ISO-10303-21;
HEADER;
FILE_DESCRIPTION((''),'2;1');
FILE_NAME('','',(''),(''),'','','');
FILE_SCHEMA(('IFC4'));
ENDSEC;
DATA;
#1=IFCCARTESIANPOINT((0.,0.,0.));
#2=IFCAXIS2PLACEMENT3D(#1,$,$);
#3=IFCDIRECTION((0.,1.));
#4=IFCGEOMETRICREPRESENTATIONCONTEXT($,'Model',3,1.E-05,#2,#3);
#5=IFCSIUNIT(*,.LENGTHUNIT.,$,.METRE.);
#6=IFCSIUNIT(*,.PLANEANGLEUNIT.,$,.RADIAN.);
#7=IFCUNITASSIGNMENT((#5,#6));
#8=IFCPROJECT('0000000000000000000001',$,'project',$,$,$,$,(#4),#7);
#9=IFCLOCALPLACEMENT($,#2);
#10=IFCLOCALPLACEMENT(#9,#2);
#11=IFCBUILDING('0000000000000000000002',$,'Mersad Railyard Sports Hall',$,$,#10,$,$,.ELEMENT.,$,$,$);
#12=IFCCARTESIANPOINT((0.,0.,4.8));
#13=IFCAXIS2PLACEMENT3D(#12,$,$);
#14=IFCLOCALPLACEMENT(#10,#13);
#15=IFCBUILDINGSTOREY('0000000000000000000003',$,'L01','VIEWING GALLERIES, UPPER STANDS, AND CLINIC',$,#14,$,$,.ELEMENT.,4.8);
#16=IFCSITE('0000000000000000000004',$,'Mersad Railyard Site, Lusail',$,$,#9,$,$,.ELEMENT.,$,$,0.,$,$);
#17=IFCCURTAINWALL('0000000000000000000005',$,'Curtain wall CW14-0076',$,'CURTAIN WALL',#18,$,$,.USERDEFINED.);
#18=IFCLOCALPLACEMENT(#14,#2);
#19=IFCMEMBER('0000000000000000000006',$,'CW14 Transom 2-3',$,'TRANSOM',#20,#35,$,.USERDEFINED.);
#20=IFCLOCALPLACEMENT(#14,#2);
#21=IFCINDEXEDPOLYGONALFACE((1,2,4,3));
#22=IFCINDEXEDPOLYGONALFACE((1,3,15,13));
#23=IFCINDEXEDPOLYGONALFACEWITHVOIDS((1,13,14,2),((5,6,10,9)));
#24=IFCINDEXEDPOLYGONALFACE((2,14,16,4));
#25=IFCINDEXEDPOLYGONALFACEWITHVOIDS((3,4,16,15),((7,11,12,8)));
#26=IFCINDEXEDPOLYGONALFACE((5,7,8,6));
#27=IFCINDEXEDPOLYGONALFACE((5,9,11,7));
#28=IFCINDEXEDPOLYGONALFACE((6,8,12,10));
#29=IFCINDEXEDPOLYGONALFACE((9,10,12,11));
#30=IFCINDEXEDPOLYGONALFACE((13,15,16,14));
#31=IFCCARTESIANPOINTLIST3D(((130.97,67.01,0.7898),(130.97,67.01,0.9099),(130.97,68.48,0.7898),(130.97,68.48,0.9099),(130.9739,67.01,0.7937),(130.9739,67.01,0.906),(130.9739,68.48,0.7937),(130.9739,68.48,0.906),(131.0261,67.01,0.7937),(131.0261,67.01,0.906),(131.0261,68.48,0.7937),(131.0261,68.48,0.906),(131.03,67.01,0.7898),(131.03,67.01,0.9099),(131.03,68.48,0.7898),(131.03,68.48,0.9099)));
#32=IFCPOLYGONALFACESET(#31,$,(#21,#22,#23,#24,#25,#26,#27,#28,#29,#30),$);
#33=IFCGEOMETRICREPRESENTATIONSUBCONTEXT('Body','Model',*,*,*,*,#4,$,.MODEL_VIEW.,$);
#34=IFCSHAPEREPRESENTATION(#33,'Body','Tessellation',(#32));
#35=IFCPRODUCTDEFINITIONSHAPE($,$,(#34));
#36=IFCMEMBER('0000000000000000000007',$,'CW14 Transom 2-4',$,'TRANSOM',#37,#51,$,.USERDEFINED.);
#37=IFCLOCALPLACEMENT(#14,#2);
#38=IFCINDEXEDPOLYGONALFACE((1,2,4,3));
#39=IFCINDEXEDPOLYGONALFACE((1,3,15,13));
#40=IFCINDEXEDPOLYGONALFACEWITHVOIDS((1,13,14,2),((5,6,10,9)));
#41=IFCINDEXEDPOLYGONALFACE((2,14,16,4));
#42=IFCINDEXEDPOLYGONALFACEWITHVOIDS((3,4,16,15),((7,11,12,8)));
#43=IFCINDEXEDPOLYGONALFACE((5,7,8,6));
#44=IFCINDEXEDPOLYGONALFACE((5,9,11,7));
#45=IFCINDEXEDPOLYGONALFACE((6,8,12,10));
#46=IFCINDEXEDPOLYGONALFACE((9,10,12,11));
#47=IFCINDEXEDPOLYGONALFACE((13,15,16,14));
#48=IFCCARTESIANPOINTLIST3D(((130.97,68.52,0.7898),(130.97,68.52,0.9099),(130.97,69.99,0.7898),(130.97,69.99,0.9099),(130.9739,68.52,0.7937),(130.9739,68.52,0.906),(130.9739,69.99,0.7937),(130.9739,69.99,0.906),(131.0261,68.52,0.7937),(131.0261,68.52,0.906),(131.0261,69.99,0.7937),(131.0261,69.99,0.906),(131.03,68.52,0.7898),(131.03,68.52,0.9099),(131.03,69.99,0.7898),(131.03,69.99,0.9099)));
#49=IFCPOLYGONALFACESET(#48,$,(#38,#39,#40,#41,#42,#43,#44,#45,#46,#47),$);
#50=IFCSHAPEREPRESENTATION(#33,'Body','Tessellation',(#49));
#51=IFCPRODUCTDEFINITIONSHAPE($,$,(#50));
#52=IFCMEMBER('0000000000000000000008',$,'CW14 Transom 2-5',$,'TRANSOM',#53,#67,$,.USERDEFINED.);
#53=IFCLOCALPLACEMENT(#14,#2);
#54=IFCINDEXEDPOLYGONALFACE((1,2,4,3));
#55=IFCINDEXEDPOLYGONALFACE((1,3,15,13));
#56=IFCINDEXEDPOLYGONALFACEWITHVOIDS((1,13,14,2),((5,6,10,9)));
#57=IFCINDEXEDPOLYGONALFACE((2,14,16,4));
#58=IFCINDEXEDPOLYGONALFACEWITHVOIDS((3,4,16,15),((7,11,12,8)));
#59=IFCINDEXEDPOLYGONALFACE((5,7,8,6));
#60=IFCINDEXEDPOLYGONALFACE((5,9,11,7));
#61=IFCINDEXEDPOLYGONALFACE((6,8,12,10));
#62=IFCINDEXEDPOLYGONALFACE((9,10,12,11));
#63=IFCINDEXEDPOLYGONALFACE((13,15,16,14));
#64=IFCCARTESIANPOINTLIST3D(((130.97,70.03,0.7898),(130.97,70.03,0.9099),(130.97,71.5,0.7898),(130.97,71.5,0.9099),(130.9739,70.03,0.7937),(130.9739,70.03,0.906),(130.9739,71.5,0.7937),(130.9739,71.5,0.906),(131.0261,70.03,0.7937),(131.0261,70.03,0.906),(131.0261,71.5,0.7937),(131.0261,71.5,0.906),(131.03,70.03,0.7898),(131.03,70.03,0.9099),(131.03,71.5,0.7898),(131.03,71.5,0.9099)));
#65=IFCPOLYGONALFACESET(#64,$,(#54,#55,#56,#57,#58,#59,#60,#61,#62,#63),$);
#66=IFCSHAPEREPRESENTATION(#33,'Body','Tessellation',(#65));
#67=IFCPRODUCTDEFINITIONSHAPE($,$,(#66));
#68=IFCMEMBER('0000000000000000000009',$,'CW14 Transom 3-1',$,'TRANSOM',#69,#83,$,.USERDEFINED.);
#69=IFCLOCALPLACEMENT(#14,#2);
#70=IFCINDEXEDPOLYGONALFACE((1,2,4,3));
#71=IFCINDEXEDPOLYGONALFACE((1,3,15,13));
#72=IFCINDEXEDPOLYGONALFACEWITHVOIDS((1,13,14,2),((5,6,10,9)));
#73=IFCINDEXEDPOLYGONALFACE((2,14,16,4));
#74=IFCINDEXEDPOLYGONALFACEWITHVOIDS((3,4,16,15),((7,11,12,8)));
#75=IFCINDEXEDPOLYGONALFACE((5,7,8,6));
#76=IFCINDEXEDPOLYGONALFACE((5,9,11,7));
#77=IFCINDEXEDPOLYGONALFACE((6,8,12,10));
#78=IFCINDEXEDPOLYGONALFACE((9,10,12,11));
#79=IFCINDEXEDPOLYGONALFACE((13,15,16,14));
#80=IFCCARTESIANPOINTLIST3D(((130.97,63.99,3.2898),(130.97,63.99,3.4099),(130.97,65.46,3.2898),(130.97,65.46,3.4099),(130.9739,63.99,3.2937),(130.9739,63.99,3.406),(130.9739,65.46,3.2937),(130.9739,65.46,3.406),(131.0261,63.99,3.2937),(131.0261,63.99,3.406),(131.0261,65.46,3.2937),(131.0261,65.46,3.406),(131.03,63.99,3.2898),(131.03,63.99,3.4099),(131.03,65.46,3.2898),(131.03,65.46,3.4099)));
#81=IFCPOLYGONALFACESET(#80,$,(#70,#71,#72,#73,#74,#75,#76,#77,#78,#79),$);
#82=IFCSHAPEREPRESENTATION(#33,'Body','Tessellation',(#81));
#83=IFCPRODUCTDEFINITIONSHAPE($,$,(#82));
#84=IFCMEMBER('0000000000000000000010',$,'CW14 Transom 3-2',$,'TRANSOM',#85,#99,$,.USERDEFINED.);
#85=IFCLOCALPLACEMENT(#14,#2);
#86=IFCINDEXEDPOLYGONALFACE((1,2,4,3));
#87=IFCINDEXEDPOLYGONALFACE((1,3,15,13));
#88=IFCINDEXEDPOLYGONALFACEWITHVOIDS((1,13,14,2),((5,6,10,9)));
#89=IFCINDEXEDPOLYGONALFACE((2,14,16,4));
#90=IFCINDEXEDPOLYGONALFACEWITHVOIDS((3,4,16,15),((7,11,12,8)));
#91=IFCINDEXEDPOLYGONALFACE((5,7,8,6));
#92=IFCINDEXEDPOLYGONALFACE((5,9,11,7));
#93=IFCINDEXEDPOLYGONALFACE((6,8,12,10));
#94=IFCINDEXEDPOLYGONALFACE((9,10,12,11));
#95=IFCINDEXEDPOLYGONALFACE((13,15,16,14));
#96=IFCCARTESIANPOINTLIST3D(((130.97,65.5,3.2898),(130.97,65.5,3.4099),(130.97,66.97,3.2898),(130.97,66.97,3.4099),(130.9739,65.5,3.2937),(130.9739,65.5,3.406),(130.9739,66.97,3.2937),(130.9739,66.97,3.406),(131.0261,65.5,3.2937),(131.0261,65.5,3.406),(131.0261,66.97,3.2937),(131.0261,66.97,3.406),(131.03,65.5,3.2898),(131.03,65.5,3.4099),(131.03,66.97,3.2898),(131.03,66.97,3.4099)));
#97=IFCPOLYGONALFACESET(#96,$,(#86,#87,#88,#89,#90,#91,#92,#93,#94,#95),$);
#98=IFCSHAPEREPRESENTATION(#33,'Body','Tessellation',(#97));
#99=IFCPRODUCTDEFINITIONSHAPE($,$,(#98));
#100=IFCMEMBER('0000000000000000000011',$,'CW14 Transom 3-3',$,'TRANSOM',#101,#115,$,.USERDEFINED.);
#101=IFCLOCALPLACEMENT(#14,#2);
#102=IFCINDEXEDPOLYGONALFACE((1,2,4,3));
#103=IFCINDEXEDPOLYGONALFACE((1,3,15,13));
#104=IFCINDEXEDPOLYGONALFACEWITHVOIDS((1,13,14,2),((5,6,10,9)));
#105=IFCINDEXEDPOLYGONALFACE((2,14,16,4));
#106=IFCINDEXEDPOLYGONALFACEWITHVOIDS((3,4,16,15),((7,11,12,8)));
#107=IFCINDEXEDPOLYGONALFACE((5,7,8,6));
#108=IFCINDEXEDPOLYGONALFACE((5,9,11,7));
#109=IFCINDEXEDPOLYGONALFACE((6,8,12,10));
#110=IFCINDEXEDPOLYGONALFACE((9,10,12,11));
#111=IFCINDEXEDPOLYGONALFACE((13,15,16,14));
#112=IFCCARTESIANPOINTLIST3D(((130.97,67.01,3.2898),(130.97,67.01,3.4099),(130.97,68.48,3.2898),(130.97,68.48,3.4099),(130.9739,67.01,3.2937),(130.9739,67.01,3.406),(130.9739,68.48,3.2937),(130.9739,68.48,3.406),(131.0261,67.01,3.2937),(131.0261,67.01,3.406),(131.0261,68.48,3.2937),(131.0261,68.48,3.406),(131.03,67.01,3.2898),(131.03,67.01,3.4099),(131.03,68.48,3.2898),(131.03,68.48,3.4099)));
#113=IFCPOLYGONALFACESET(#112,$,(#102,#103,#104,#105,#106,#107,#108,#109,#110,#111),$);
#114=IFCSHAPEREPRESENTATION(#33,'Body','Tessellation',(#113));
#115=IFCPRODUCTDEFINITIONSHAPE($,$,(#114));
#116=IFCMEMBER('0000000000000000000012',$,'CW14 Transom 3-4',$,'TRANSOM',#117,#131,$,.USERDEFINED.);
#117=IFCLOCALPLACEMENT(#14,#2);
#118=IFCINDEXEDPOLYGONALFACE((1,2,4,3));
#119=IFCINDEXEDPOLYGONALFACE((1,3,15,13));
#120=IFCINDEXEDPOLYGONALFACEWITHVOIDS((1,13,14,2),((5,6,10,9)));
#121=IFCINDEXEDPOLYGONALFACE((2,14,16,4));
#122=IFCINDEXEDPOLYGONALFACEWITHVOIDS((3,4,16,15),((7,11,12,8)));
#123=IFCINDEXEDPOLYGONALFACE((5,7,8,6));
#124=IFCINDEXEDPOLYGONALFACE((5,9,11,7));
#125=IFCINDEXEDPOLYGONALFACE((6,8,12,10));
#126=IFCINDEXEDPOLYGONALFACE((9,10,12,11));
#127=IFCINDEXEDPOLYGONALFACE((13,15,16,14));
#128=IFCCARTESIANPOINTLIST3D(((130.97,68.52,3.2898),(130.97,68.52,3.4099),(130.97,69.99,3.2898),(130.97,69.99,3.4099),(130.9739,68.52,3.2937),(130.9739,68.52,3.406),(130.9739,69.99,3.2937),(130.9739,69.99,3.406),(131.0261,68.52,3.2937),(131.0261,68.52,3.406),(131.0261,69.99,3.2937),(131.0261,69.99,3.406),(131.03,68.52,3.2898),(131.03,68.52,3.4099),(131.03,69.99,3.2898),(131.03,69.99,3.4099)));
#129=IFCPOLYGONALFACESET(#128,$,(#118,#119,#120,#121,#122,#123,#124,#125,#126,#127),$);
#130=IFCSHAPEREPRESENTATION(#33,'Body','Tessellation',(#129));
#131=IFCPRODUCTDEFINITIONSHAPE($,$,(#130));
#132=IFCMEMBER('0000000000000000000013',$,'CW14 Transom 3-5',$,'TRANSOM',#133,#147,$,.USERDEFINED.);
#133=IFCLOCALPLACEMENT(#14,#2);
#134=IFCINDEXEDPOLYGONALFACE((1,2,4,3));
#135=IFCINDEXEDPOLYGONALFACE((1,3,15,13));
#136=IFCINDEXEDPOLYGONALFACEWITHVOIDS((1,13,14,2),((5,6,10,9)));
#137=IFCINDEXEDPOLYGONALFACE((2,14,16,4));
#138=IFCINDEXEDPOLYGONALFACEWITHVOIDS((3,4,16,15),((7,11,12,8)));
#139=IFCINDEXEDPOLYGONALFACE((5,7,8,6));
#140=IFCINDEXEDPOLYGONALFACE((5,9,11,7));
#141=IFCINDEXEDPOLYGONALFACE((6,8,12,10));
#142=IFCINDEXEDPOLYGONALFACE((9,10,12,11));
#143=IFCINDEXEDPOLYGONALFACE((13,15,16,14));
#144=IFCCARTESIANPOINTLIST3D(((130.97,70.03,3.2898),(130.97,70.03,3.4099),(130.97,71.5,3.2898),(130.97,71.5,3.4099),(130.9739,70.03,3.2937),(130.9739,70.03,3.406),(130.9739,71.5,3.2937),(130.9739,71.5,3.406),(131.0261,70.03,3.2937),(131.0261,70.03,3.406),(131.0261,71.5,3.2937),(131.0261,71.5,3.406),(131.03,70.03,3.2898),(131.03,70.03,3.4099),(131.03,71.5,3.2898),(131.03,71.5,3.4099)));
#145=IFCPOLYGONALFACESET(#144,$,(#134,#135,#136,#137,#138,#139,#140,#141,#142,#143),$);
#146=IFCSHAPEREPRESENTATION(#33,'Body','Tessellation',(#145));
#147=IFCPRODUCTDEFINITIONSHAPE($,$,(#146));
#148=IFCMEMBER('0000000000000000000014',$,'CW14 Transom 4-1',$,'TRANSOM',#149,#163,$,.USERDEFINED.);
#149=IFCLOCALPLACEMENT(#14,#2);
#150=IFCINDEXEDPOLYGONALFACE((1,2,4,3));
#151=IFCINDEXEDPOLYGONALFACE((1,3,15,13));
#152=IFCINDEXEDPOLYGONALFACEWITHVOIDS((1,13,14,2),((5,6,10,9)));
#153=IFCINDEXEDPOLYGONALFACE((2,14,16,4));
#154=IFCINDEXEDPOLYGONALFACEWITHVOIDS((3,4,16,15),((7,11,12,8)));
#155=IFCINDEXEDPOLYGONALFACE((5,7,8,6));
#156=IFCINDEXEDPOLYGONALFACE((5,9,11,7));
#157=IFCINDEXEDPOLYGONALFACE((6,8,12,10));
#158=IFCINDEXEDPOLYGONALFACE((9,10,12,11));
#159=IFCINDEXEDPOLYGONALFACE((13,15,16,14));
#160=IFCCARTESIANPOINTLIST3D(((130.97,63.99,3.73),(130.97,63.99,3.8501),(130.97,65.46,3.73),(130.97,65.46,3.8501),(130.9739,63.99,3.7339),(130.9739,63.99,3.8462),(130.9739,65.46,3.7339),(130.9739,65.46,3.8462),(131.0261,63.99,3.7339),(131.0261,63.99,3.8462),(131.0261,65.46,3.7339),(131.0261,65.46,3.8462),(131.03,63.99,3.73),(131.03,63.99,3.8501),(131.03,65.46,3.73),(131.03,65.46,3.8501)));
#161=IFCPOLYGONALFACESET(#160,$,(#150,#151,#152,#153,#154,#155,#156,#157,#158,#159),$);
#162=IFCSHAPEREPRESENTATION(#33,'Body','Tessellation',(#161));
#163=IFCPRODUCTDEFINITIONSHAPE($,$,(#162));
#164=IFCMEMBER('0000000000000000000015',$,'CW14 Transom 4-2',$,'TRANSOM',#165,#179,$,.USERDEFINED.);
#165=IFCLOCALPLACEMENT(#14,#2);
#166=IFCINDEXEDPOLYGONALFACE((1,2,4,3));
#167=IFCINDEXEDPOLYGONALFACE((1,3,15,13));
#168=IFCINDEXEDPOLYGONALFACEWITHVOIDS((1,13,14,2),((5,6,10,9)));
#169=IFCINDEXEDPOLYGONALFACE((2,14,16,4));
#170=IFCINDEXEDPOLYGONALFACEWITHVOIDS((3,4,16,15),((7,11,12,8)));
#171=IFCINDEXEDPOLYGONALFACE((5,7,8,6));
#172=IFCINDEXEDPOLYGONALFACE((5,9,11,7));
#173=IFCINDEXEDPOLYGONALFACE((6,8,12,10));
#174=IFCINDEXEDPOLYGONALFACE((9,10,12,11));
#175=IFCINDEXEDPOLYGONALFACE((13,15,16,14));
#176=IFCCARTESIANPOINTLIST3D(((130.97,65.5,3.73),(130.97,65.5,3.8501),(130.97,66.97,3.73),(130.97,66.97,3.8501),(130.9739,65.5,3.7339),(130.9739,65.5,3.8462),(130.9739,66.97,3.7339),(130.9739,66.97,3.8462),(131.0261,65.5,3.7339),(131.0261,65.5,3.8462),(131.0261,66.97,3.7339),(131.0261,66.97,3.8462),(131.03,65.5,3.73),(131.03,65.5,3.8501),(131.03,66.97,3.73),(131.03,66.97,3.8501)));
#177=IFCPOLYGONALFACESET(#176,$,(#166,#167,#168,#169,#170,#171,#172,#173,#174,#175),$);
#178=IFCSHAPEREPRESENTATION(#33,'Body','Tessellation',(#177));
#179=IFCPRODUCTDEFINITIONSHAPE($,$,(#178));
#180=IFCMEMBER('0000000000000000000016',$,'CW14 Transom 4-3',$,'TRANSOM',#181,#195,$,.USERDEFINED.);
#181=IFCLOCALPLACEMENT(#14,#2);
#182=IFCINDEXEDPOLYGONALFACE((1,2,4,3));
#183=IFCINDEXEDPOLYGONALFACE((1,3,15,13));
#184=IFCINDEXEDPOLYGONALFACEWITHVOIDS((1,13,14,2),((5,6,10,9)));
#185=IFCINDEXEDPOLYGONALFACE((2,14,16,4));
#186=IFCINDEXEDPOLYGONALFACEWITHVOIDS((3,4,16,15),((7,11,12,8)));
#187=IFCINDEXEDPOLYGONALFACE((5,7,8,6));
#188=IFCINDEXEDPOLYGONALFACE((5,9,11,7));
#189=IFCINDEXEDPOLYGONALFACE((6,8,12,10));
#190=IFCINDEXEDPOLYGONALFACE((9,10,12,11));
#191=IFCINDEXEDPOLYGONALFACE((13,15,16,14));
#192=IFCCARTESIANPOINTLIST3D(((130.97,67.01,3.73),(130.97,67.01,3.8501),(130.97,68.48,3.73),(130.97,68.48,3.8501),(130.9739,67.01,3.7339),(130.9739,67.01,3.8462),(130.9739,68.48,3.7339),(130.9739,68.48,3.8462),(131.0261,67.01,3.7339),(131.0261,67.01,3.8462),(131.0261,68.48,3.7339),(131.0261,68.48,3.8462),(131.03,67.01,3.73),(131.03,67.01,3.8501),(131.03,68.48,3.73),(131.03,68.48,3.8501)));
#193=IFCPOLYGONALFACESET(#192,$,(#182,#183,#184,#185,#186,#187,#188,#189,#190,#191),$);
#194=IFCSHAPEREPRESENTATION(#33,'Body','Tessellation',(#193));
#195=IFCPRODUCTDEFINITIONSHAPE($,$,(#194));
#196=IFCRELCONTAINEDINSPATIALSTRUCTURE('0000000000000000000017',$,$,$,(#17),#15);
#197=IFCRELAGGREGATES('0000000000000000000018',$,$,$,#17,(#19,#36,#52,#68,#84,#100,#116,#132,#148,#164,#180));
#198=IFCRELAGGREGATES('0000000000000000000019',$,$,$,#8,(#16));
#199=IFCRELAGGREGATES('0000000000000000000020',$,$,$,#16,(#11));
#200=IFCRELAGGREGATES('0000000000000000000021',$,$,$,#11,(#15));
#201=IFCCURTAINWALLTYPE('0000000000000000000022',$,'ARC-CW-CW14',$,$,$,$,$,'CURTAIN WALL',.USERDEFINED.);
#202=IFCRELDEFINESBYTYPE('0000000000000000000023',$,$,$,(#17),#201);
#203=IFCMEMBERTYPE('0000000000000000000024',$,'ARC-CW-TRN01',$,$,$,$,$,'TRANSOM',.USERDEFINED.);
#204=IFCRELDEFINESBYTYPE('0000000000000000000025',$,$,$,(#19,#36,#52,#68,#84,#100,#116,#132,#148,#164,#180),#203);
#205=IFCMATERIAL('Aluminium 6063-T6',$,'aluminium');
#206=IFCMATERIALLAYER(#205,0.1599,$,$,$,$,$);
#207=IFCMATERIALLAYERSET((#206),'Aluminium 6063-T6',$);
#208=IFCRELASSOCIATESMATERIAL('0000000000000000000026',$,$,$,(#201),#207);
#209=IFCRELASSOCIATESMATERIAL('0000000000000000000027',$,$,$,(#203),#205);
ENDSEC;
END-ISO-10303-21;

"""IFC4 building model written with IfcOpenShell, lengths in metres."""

from ifc_helpers import new_model, si_unit, direction, frame, origin, origin_2d, place, context, subcontext, project, spatial, hollow_rectangle, extrude, material, layer, layer_set, material_profile, profile_set, type_object, element, aggregate, save


model = new_model("IFC4")

# Units and contexts
model_context = context("Model", 3, precision=1e-05, world=origin(), true_north=direction((0.0, 1.0)))
body_context = subcontext(model_context, "Body", "Model", "MODEL_VIEW")
ifc_project = project(units=[si_unit("LENGTHUNIT", "METRE"), si_unit("PLANEANGLEUNIT", "RADIAN")], contexts=[model_context])

# Site, building, storey
site_placement = place(None, origin())
site = spatial("IfcSite", under=ifc_project, at=site_placement, Name="Mersad Railyard Site, Lusail", CompositionType="ELEMENT", RefElevation=0.0)
building_placement = place(site_placement, origin())
building = spatial("IfcBuilding", under=site, at=building_placement, Name="Mersad Railyard Sports Hall", CompositionType="ELEMENT")
storey_placement = place(building_placement, frame((0.0, 0.0, 4.8)))
storey = spatial("IfcBuildingStorey", under=building, at=storey_placement, Name="L01", Description="VIEWING GALLERIES, UPPER STANDS, AND CLINIC", CompositionType="ELEMENT", Elevation=4.8)

# Curtain wall, members
ifc_material_1 = material(Name="Aluminium 6063-T6", Category="aluminium")
ifc_layer_1 = layer(ifc_material_1, 0.1599)
ifc_layer_set_1 = layer_set([ifc_layer_1], Name="Aluminium 6063-T6")
curtain_wall_type = type_object("IfcCurtainWallType", Name="ARC-CW-CW14", ElementType="CURTAIN WALL", PredefinedType="USERDEFINED", material=ifc_layer_set_1)
curtain_wall_placement = place(storey_placement, origin())
curtain_wall = element("IfcCurtainWall", 1, at=curtain_wall_placement, inside=storey, type_object=curtain_wall_type, Name="Curtain wall CW14-0076", ObjectType="CURTAIN WALL", PredefinedType="USERDEFINED")
ifc_material_profile_1 = material_profile(ifc_material_1, hollow_rectangle(XDim=0.0601, YDim=0.1201, WallThickness=0.0039, at=origin_2d()), Name="AL TRANSOM 60x120x4")
ifc_profile_set_1 = profile_set([ifc_material_profile_1], Name="Aluminium 6063-T6")
member_type_1 = type_object("IfcMemberType", Name="ARC-CW-TRN01", ElementType="TRANSOM", PredefinedType="USERDEFINED", material=ifc_profile_set_1)
member_1_placement = place(storey_placement, frame((131.0, 67.01, 0.8499), z_axis=(0.0, 1.0, 0.0), x_axis=(-1.0, 0.0, 0.0)))
member_1 = element("IfcMember", 2, at=member_1_placement, type_object=member_type_1, Name="CW14 Transom 2-3", ObjectType="TRANSOM", PredefinedType="USERDEFINED", context=body_context, shape_type="SweptSolid", body=[
    extrude(hollow_rectangle(XDim=0.0601, YDim=0.1201, WallThickness=0.0039, at=origin_2d()), origin(), (0.0, 0.0, 1.0), 1.47),
])
member_2_placement = place(storey_placement, frame((131.0, 68.52, 0.8499), z_axis=(0.0, 1.0, 0.0), x_axis=(-1.0, 0.0, 0.0)))
member_2 = element("IfcMember", 3, at=member_2_placement, type_object=member_type_1, Name="CW14 Transom 2-4", ObjectType="TRANSOM", PredefinedType="USERDEFINED", context=body_context, shape_type="SweptSolid", body=[
    extrude(hollow_rectangle(XDim=0.0601, YDim=0.1201, WallThickness=0.0039, at=origin_2d()), origin(), (0.0, 0.0, 1.0), 1.47),
])
member_3_placement = place(storey_placement, frame((131.0, 70.03, 0.8499), z_axis=(0.0, 1.0, 0.0), x_axis=(-1.0, 0.0, 0.0)))
member_3 = element("IfcMember", 4, at=member_3_placement, type_object=member_type_1, Name="CW14 Transom 2-5", ObjectType="TRANSOM", PredefinedType="USERDEFINED", context=body_context, shape_type="SweptSolid", body=[
    extrude(hollow_rectangle(XDim=0.0601, YDim=0.1201, WallThickness=0.0039, at=origin_2d()), origin(), (0.0, 0.0, 1.0), 1.47),
])
member_4_placement = place(storey_placement, frame((131.0, 63.99, 3.3499), z_axis=(0.0, 1.0, 0.0), x_axis=(-1.0, 0.0, 0.0)))
member_4 = element("IfcMember", 5, at=member_4_placement, type_object=member_type_1, Name="CW14 Transom 3-1", ObjectType="TRANSOM", PredefinedType="USERDEFINED", context=body_context, shape_type="SweptSolid", body=[
    extrude(hollow_rectangle(XDim=0.0601, YDim=0.1201, WallThickness=0.0039, at=origin_2d()), origin(), (0.0, 0.0, 1.0), 1.47),
])
member_5_placement = place(storey_placement, frame((131.0, 65.5, 3.3499), z_axis=(0.0, 1.0, 0.0), x_axis=(-1.0, 0.0, 0.0)))
member_5 = element("IfcMember", 6, at=member_5_placement, type_object=member_type_1, Name="CW14 Transom 3-2", ObjectType="TRANSOM", PredefinedType="USERDEFINED", context=body_context, shape_type="SweptSolid", body=[
    extrude(hollow_rectangle(XDim=0.0601, YDim=0.1201, WallThickness=0.0039, at=origin_2d()), origin(), (0.0, 0.0, 1.0), 1.47),
])
member_6_placement = place(storey_placement, frame((131.0, 67.01, 3.3499), z_axis=(0.0, 1.0, 0.0), x_axis=(-1.0, 0.0, 0.0)))
member_6 = element("IfcMember", 7, at=member_6_placement, type_object=member_type_1, Name="CW14 Transom 3-3", ObjectType="TRANSOM", PredefinedType="USERDEFINED", context=body_context, shape_type="SweptSolid", body=[
    extrude(hollow_rectangle(XDim=0.0601, YDim=0.1201, WallThickness=0.0039, at=origin_2d()), origin(), (0.0, 0.0, 1.0), 1.47),
])
member_7_placement = place(storey_placement, frame((131.0, 68.52, 3.3499), z_axis=(0.0, 1.0, 0.0), x_axis=(-1.0, 0.0, 0.0)))
member_7 = element("IfcMember", 8, at=member_7_placement, type_object=member_type_1, Name="CW14 Transom 3-4", ObjectType="TRANSOM", PredefinedType="USERDEFINED", context=body_context, shape_type="SweptSolid", body=[
    extrude(hollow_rectangle(XDim=0.0601, YDim=0.1201, WallThickness=0.0039, at=origin_2d()), origin(), (0.0, 0.0, 1.0), 1.47),
])
member_8_placement = place(storey_placement, frame((131.0, 70.03, 3.3499), z_axis=(0.0, 1.0, 0.0), x_axis=(-1.0, 0.0, 0.0)))
member_8 = element("IfcMember", 9, at=member_8_placement, type_object=member_type_1, Name="CW14 Transom 3-5", ObjectType="TRANSOM", PredefinedType="USERDEFINED", context=body_context, shape_type="SweptSolid", body=[
    extrude(hollow_rectangle(XDim=0.0601, YDim=0.1201, WallThickness=0.0039, at=origin_2d()), origin(), (0.0, 0.0, 1.0), 1.47),
])
member_9_placement = place(storey_placement, frame((131.0, 63.99, 3.79), z_axis=(0.0, 1.0, 0.0), x_axis=(-1.0, 0.0, 0.0)))
member_9 = element("IfcMember", 10, at=member_9_placement, type_object=member_type_1, Name="CW14 Transom 4-1", ObjectType="TRANSOM", PredefinedType="USERDEFINED", context=body_context, shape_type="SweptSolid", body=[
    extrude(hollow_rectangle(XDim=0.0601, YDim=0.1201, WallThickness=0.0039, at=origin_2d()), origin(), (0.0, 0.0, 1.0), 1.47),
])
member_10_placement = place(storey_placement, frame((131.0, 65.5, 3.79), z_axis=(0.0, 1.0, 0.0), x_axis=(-1.0, 0.0, 0.0)))
member_10 = element("IfcMember", 11, at=member_10_placement, type_object=member_type_1, Name="CW14 Transom 4-2", ObjectType="TRANSOM", PredefinedType="USERDEFINED", context=body_context, shape_type="SweptSolid", body=[
    extrude(hollow_rectangle(XDim=0.0601, YDim=0.1201, WallThickness=0.0039, at=origin_2d()), origin(), (0.0, 0.0, 1.0), 1.47),
])
member_11_placement = place(storey_placement, frame((131.0, 67.01, 3.79), z_axis=(0.0, 1.0, 0.0), x_axis=(-1.0, 0.0, 0.0)))
member_11 = element("IfcMember", 12, at=member_11_placement, type_object=member_type_1, Name="CW14 Transom 4-3", ObjectType="TRANSOM", PredefinedType="USERDEFINED", context=body_context, shape_type="SweptSolid", body=[
    extrude(hollow_rectangle(XDim=0.0601, YDim=0.1201, WallThickness=0.0039, at=origin_2d()), origin(), (0.0, 0.0, 1.0), 1.47),
])
aggregate(curtain_wall, [member_1, member_2, member_3, member_4, member_5, member_6, member_7, member_8, member_9, member_10, member_11])

save(model, "model.ifc")
